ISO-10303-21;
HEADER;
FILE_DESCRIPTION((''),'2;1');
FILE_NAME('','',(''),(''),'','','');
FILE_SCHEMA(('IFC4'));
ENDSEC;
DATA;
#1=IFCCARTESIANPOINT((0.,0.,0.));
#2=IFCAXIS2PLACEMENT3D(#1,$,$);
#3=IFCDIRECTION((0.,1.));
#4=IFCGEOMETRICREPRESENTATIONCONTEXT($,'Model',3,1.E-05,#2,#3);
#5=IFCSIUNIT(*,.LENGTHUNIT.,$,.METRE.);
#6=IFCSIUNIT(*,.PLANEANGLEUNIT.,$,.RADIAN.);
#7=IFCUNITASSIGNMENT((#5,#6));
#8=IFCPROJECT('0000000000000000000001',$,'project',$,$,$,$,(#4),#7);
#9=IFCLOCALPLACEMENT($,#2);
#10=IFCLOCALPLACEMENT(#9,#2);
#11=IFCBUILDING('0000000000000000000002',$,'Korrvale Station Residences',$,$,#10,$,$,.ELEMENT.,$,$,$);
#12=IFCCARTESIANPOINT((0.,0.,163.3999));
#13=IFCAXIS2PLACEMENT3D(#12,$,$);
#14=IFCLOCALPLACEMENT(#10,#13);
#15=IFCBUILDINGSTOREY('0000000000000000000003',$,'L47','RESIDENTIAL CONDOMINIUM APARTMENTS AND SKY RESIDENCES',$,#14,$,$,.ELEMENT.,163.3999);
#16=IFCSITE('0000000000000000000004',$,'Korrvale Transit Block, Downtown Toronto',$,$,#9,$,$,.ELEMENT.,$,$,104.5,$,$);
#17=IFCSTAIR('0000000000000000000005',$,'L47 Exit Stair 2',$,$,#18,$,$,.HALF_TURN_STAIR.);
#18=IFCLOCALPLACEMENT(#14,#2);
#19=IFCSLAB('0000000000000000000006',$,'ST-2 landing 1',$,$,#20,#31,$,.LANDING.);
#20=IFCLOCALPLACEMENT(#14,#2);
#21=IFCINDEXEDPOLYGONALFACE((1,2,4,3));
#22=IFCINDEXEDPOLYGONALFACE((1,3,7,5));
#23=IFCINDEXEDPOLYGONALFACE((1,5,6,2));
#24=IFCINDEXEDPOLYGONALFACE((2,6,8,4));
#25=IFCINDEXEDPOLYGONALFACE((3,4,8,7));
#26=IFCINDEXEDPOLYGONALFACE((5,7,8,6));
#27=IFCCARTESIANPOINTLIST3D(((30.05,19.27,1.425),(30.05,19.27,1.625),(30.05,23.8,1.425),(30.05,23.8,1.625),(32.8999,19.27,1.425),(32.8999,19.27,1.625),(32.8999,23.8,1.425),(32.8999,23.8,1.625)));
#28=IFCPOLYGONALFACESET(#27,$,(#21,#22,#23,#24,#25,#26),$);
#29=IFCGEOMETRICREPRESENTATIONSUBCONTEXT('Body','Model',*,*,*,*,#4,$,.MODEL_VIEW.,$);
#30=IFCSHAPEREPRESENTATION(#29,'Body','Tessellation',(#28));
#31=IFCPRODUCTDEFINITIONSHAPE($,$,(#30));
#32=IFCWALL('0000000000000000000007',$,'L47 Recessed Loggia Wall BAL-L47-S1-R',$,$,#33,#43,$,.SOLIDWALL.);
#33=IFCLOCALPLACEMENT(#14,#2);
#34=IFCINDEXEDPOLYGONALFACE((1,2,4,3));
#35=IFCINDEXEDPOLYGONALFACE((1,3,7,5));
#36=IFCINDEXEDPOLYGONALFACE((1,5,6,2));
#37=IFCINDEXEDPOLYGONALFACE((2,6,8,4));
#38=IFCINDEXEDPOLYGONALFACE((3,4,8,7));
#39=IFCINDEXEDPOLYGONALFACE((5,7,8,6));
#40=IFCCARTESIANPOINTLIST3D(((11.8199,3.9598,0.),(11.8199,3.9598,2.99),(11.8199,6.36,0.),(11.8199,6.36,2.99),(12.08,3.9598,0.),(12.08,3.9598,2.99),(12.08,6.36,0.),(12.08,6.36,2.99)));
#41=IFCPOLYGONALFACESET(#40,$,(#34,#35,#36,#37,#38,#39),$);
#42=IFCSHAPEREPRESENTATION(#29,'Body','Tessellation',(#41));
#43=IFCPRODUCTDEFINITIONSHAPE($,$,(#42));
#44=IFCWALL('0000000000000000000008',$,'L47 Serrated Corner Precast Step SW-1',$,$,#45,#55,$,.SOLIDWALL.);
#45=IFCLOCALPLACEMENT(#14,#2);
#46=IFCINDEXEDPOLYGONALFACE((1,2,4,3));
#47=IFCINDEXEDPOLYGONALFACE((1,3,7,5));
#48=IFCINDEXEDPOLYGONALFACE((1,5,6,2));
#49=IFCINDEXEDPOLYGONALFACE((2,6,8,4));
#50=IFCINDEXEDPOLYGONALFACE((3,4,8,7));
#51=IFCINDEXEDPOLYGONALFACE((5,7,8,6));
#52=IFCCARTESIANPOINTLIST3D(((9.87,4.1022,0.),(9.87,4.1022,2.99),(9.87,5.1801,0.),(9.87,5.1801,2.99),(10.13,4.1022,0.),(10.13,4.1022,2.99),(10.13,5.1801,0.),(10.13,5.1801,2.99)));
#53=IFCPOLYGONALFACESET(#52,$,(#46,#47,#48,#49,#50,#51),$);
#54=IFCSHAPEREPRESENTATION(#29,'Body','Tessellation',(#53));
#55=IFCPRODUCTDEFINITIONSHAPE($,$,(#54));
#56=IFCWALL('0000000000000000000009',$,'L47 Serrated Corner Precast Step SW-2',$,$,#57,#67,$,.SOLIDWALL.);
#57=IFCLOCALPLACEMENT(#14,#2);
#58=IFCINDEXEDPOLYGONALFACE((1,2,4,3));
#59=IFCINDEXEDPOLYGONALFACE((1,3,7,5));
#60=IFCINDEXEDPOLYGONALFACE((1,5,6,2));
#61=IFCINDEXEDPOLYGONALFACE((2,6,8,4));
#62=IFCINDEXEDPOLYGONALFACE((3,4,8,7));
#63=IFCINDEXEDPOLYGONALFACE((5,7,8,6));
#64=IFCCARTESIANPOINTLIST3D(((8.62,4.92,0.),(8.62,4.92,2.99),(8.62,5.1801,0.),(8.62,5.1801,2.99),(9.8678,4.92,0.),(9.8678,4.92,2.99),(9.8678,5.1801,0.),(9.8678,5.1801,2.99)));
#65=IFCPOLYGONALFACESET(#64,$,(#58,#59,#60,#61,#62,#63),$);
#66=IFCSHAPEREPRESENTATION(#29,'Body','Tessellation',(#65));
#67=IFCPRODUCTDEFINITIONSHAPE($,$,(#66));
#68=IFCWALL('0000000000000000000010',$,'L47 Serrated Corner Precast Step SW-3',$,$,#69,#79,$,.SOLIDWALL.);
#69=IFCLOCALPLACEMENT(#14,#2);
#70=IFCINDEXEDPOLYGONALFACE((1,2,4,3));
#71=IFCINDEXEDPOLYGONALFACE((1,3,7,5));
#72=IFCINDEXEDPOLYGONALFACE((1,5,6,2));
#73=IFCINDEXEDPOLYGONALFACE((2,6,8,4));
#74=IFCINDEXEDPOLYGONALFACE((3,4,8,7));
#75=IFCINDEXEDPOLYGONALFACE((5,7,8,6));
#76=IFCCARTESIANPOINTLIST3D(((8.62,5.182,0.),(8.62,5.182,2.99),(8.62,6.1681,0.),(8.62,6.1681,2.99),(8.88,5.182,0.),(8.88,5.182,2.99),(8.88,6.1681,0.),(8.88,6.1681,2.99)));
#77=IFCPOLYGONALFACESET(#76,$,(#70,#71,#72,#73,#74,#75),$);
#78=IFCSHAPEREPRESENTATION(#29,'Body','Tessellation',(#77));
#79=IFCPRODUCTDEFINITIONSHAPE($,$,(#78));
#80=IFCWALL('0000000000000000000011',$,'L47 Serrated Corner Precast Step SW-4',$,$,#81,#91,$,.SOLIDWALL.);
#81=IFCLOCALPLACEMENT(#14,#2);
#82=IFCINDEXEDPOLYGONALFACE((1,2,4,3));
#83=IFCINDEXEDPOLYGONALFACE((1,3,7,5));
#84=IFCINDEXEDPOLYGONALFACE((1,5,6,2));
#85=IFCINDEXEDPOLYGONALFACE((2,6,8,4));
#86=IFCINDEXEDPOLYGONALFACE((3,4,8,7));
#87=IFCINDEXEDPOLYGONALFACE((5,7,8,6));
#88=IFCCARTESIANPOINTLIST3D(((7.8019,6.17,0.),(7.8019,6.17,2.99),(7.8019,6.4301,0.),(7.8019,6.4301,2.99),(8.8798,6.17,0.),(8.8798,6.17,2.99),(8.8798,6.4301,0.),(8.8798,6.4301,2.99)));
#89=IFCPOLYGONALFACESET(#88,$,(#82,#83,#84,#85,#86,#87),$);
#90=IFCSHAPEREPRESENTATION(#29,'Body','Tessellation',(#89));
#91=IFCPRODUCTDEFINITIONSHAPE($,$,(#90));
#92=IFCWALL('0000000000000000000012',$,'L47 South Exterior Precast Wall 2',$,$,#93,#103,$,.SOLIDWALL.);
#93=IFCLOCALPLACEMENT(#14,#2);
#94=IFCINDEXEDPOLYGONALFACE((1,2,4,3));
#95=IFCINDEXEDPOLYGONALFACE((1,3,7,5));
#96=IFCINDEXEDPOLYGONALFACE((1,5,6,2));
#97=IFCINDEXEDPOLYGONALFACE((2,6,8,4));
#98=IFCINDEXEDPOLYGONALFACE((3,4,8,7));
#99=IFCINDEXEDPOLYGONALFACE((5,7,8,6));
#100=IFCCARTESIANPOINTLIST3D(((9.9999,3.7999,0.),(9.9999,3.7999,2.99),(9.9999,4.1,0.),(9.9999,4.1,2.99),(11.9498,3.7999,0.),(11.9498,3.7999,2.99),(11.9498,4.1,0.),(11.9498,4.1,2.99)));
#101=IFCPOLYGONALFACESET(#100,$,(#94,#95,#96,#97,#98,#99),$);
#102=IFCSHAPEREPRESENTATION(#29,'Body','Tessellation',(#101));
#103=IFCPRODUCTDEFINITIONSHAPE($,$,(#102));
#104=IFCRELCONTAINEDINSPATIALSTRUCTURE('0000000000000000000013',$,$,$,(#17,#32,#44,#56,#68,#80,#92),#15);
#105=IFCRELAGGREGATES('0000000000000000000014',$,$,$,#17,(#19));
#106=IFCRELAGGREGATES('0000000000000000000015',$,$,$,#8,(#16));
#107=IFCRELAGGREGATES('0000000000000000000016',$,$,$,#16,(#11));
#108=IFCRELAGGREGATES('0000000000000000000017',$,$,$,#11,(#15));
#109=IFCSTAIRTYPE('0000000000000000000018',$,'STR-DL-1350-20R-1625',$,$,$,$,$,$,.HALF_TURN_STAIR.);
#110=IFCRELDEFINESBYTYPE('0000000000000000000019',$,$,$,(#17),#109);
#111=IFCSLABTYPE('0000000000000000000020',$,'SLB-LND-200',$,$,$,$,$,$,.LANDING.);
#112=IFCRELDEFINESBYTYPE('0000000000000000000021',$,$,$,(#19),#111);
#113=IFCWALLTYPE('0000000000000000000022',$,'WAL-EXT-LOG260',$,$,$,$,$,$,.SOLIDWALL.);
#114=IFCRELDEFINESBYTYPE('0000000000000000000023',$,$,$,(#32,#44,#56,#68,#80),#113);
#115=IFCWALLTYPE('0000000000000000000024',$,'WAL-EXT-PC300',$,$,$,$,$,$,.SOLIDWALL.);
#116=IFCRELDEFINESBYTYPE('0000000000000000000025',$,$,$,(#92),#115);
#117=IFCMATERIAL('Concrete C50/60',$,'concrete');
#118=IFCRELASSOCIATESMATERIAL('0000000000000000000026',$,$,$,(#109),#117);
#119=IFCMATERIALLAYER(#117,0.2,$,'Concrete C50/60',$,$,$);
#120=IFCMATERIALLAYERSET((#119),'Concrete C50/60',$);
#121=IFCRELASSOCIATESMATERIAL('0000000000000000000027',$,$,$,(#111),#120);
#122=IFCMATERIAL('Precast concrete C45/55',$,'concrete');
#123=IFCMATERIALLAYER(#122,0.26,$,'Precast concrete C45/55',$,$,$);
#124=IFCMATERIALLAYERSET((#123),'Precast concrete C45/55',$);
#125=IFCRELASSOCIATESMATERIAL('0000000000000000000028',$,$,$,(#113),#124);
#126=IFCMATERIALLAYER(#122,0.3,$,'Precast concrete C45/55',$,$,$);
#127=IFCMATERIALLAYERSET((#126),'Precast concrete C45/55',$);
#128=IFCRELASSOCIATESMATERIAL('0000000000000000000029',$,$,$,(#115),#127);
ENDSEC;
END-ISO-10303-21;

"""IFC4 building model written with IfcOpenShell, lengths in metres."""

from ifc_helpers import new_model, si_unit, direction, frame, frame_2d, origin, place, context, subcontext, project, spatial, polyline, rectangle, outline, extrude, material, layer, layer_set, type_object, element, aggregate, save


model = new_model("IFC4")

# Units and contexts
model_context = context("Model", 3, precision=1e-05, world=origin(), true_north=direction((0.0, 1.0)))
body_context = subcontext(model_context, "Body", "Model", "MODEL_VIEW")
ifc_project = project(units=[si_unit("LENGTHUNIT", "METRE"), si_unit("PLANEANGLEUNIT", "RADIAN")], contexts=[model_context])

# Site, building, storey
site_placement = place(None, origin())
site = spatial("IfcSite", under=ifc_project, at=site_placement, Name="Korrvale Transit Block, Downtown Toronto", CompositionType="ELEMENT", RefElevation=104.5)
building_placement = place(site_placement, origin())
building = spatial("IfcBuilding", under=site, at=building_placement, Name="Korrvale Station Residences", CompositionType="ELEMENT")
storey_placement = place(building_placement, frame((0.0, 0.0, 163.3999)))
storey = spatial("IfcBuildingStorey", under=building, at=storey_placement, Name="L47", Description="RESIDENTIAL CONDOMINIUM APARTMENTS AND SKY RESIDENCES", CompositionType="ELEMENT", Elevation=163.3999)

# Shared definitions
ifc_material_1 = material(Name="Concrete C50/60", Category="concrete")

# Stair, slab
stair_type = type_object("IfcStairType", Name="STR-DL-1350-20R-1625", PredefinedType="HALF_TURN_STAIR", material=ifc_material_1)
ifc_layer_1 = layer(ifc_material_1, 0.2, Name="Concrete C50/60")
ifc_layer_set_1 = layer_set([ifc_layer_1], Name="Concrete C50/60")
slab_type_1 = type_object("IfcSlabType", Name="SLB-LND-200", PredefinedType="LANDING", material=ifc_layer_set_1)
stair_1_placement = place(storey_placement, origin())
stair_1 = element("IfcStair", 1, at=stair_1_placement, inside=storey, type_object=stair_type, Name="L47 Exit Stair 2", PredefinedType="HALF_TURN_STAIR")
slab_1_placement = place(storey_placement, frame((0.0, 0.0, 1.425)))
slab_1 = element("IfcSlab", 2, at=slab_1_placement, type_object=slab_type_1, Name="ST-2 landing 1", PredefinedType="LANDING", context=body_context, shape_type="SweptSolid", body=[
    extrude(outline(polyline([(32.8999, 19.27), (32.8999, 23.8), (30.05, 23.8), (30.05, 19.27), (32.8999, 19.27)])), origin(), (0.0, 0.0, 1.0), 0.2),
])
aggregate(stair_1, [slab_1])

# Walls
ifc_material_2 = material(Name="Precast concrete C45/55", Category="concrete")
ifc_layer_2 = layer(ifc_material_2, 0.26, Name="Precast concrete C45/55")
ifc_layer_set_2 = layer_set([ifc_layer_2], Name="Precast concrete C45/55")
wall_type_1 = type_object("IfcWallType", Name="WAL-EXT-LOG260", PredefinedType="SOLIDWALL", material=ifc_layer_set_2)
wall_1_placement = place(storey_placement, frame((11.95, 6.3601, 0.0), z_axis=(0.0, 0.0, 1.0), x_axis=(0.0, -1.0, 0.0)))
element("IfcWall", 3, at=wall_1_placement, inside=storey, type_object=wall_type_1, Name="L47 Recessed Loggia Wall BAL-L47-S1-R", PredefinedType="SOLIDWALL", context=body_context, shape_type="SweptSolid", body=[
    extrude(rectangle(XDim=2.4001, YDim=0.26, at=frame_2d((1.2002, 0.0))), origin(), (0.0, 0.0, 1.0), 2.99),
])
wall_2_placement = place(storey_placement, frame((10.0, 4.1021, 0.0), z_axis=(0.0, 0.0, 1.0), x_axis=(0.0, 1.0, 0.0)))
element("IfcWall", 4, at=wall_2_placement, inside=storey, type_object=wall_type_1, Name="L47 Serrated Corner Precast Step SW-1", PredefinedType="SOLIDWALL", context=body_context, shape_type="SweptSolid", body=[
    extrude(rectangle(XDim=1.0779, YDim=0.26, at=frame_2d((0.5391, 0.0))), origin(), (0.0, 0.0, 1.0), 2.99),
])
wall_3_placement = place(storey_placement, frame((9.8679, 5.05, 0.0), z_axis=(0.0, 0.0, 1.0), x_axis=(-1.0, 0.0, 0.0)))
element("IfcWall", 5, at=wall_3_placement, inside=storey, type_object=wall_type_1, Name="L47 Serrated Corner Precast Step SW-2", PredefinedType="SOLIDWALL", context=body_context, shape_type="SweptSolid", body=[
    extrude(rectangle(XDim=1.2478, YDim=0.26, at=frame_2d((0.624, 0.0))), origin(), (0.0, 0.0, 1.0), 2.99),
])
wall_4_placement = place(storey_placement, frame((8.75, 5.1819, 0.0), z_axis=(0.0, 0.0, 1.0), x_axis=(0.0, 1.0, 0.0)))
element("IfcWall", 6, at=wall_4_placement, inside=storey, type_object=wall_type_1, Name="L47 Serrated Corner Precast Step SW-3", PredefinedType="SOLIDWALL", context=body_context, shape_type="SweptSolid", body=[
    extrude(rectangle(XDim=0.9861, YDim=0.26, at=frame_2d((0.4932, 0.0))), origin(), (0.0, 0.0, 1.0), 2.99),
])
wall_5_placement = place(storey_placement, frame((8.8799, 6.3, 0.0), z_axis=(0.0, 0.0, 1.0), x_axis=(-1.0, 0.0, 0.0)))
element("IfcWall", 7, at=wall_5_placement, inside=storey, type_object=wall_type_1, Name="L47 Serrated Corner Precast Step SW-4", PredefinedType="SOLIDWALL", context=body_context, shape_type="SweptSolid", body=[
    extrude(rectangle(XDim=1.0779, YDim=0.26, at=frame_2d((0.5391, 0.0))), origin(), (0.0, 0.0, 1.0), 2.99),
])
ifc_layer_3 = layer(ifc_material_2, 0.3, Name="Precast concrete C45/55")
ifc_layer_set_3 = layer_set([ifc_layer_3], Name="Precast concrete C45/55")
wall_type_2 = type_object("IfcWallType", Name="WAL-EXT-PC300", PredefinedType="SOLIDWALL", material=ifc_layer_set_3)
wall_6_placement = place(storey_placement, frame((11.95, 3.95, 0.0), z_axis=(0.0, 0.0, 1.0), x_axis=(-1.0, 0.0, 0.0)))
element("IfcWall", 8, at=wall_6_placement, inside=storey, type_object=wall_type_2, Name="L47 South Exterior Precast Wall 2", PredefinedType="SOLIDWALL", context=body_context, shape_type="SweptSolid", body=[
    extrude(rectangle(XDim=1.95, YDim=0.3, at=frame_2d((0.9751, 0.0))), origin(), (0.0, 0.0, 1.0), 2.99),
])

save(model, "model.ifc")
